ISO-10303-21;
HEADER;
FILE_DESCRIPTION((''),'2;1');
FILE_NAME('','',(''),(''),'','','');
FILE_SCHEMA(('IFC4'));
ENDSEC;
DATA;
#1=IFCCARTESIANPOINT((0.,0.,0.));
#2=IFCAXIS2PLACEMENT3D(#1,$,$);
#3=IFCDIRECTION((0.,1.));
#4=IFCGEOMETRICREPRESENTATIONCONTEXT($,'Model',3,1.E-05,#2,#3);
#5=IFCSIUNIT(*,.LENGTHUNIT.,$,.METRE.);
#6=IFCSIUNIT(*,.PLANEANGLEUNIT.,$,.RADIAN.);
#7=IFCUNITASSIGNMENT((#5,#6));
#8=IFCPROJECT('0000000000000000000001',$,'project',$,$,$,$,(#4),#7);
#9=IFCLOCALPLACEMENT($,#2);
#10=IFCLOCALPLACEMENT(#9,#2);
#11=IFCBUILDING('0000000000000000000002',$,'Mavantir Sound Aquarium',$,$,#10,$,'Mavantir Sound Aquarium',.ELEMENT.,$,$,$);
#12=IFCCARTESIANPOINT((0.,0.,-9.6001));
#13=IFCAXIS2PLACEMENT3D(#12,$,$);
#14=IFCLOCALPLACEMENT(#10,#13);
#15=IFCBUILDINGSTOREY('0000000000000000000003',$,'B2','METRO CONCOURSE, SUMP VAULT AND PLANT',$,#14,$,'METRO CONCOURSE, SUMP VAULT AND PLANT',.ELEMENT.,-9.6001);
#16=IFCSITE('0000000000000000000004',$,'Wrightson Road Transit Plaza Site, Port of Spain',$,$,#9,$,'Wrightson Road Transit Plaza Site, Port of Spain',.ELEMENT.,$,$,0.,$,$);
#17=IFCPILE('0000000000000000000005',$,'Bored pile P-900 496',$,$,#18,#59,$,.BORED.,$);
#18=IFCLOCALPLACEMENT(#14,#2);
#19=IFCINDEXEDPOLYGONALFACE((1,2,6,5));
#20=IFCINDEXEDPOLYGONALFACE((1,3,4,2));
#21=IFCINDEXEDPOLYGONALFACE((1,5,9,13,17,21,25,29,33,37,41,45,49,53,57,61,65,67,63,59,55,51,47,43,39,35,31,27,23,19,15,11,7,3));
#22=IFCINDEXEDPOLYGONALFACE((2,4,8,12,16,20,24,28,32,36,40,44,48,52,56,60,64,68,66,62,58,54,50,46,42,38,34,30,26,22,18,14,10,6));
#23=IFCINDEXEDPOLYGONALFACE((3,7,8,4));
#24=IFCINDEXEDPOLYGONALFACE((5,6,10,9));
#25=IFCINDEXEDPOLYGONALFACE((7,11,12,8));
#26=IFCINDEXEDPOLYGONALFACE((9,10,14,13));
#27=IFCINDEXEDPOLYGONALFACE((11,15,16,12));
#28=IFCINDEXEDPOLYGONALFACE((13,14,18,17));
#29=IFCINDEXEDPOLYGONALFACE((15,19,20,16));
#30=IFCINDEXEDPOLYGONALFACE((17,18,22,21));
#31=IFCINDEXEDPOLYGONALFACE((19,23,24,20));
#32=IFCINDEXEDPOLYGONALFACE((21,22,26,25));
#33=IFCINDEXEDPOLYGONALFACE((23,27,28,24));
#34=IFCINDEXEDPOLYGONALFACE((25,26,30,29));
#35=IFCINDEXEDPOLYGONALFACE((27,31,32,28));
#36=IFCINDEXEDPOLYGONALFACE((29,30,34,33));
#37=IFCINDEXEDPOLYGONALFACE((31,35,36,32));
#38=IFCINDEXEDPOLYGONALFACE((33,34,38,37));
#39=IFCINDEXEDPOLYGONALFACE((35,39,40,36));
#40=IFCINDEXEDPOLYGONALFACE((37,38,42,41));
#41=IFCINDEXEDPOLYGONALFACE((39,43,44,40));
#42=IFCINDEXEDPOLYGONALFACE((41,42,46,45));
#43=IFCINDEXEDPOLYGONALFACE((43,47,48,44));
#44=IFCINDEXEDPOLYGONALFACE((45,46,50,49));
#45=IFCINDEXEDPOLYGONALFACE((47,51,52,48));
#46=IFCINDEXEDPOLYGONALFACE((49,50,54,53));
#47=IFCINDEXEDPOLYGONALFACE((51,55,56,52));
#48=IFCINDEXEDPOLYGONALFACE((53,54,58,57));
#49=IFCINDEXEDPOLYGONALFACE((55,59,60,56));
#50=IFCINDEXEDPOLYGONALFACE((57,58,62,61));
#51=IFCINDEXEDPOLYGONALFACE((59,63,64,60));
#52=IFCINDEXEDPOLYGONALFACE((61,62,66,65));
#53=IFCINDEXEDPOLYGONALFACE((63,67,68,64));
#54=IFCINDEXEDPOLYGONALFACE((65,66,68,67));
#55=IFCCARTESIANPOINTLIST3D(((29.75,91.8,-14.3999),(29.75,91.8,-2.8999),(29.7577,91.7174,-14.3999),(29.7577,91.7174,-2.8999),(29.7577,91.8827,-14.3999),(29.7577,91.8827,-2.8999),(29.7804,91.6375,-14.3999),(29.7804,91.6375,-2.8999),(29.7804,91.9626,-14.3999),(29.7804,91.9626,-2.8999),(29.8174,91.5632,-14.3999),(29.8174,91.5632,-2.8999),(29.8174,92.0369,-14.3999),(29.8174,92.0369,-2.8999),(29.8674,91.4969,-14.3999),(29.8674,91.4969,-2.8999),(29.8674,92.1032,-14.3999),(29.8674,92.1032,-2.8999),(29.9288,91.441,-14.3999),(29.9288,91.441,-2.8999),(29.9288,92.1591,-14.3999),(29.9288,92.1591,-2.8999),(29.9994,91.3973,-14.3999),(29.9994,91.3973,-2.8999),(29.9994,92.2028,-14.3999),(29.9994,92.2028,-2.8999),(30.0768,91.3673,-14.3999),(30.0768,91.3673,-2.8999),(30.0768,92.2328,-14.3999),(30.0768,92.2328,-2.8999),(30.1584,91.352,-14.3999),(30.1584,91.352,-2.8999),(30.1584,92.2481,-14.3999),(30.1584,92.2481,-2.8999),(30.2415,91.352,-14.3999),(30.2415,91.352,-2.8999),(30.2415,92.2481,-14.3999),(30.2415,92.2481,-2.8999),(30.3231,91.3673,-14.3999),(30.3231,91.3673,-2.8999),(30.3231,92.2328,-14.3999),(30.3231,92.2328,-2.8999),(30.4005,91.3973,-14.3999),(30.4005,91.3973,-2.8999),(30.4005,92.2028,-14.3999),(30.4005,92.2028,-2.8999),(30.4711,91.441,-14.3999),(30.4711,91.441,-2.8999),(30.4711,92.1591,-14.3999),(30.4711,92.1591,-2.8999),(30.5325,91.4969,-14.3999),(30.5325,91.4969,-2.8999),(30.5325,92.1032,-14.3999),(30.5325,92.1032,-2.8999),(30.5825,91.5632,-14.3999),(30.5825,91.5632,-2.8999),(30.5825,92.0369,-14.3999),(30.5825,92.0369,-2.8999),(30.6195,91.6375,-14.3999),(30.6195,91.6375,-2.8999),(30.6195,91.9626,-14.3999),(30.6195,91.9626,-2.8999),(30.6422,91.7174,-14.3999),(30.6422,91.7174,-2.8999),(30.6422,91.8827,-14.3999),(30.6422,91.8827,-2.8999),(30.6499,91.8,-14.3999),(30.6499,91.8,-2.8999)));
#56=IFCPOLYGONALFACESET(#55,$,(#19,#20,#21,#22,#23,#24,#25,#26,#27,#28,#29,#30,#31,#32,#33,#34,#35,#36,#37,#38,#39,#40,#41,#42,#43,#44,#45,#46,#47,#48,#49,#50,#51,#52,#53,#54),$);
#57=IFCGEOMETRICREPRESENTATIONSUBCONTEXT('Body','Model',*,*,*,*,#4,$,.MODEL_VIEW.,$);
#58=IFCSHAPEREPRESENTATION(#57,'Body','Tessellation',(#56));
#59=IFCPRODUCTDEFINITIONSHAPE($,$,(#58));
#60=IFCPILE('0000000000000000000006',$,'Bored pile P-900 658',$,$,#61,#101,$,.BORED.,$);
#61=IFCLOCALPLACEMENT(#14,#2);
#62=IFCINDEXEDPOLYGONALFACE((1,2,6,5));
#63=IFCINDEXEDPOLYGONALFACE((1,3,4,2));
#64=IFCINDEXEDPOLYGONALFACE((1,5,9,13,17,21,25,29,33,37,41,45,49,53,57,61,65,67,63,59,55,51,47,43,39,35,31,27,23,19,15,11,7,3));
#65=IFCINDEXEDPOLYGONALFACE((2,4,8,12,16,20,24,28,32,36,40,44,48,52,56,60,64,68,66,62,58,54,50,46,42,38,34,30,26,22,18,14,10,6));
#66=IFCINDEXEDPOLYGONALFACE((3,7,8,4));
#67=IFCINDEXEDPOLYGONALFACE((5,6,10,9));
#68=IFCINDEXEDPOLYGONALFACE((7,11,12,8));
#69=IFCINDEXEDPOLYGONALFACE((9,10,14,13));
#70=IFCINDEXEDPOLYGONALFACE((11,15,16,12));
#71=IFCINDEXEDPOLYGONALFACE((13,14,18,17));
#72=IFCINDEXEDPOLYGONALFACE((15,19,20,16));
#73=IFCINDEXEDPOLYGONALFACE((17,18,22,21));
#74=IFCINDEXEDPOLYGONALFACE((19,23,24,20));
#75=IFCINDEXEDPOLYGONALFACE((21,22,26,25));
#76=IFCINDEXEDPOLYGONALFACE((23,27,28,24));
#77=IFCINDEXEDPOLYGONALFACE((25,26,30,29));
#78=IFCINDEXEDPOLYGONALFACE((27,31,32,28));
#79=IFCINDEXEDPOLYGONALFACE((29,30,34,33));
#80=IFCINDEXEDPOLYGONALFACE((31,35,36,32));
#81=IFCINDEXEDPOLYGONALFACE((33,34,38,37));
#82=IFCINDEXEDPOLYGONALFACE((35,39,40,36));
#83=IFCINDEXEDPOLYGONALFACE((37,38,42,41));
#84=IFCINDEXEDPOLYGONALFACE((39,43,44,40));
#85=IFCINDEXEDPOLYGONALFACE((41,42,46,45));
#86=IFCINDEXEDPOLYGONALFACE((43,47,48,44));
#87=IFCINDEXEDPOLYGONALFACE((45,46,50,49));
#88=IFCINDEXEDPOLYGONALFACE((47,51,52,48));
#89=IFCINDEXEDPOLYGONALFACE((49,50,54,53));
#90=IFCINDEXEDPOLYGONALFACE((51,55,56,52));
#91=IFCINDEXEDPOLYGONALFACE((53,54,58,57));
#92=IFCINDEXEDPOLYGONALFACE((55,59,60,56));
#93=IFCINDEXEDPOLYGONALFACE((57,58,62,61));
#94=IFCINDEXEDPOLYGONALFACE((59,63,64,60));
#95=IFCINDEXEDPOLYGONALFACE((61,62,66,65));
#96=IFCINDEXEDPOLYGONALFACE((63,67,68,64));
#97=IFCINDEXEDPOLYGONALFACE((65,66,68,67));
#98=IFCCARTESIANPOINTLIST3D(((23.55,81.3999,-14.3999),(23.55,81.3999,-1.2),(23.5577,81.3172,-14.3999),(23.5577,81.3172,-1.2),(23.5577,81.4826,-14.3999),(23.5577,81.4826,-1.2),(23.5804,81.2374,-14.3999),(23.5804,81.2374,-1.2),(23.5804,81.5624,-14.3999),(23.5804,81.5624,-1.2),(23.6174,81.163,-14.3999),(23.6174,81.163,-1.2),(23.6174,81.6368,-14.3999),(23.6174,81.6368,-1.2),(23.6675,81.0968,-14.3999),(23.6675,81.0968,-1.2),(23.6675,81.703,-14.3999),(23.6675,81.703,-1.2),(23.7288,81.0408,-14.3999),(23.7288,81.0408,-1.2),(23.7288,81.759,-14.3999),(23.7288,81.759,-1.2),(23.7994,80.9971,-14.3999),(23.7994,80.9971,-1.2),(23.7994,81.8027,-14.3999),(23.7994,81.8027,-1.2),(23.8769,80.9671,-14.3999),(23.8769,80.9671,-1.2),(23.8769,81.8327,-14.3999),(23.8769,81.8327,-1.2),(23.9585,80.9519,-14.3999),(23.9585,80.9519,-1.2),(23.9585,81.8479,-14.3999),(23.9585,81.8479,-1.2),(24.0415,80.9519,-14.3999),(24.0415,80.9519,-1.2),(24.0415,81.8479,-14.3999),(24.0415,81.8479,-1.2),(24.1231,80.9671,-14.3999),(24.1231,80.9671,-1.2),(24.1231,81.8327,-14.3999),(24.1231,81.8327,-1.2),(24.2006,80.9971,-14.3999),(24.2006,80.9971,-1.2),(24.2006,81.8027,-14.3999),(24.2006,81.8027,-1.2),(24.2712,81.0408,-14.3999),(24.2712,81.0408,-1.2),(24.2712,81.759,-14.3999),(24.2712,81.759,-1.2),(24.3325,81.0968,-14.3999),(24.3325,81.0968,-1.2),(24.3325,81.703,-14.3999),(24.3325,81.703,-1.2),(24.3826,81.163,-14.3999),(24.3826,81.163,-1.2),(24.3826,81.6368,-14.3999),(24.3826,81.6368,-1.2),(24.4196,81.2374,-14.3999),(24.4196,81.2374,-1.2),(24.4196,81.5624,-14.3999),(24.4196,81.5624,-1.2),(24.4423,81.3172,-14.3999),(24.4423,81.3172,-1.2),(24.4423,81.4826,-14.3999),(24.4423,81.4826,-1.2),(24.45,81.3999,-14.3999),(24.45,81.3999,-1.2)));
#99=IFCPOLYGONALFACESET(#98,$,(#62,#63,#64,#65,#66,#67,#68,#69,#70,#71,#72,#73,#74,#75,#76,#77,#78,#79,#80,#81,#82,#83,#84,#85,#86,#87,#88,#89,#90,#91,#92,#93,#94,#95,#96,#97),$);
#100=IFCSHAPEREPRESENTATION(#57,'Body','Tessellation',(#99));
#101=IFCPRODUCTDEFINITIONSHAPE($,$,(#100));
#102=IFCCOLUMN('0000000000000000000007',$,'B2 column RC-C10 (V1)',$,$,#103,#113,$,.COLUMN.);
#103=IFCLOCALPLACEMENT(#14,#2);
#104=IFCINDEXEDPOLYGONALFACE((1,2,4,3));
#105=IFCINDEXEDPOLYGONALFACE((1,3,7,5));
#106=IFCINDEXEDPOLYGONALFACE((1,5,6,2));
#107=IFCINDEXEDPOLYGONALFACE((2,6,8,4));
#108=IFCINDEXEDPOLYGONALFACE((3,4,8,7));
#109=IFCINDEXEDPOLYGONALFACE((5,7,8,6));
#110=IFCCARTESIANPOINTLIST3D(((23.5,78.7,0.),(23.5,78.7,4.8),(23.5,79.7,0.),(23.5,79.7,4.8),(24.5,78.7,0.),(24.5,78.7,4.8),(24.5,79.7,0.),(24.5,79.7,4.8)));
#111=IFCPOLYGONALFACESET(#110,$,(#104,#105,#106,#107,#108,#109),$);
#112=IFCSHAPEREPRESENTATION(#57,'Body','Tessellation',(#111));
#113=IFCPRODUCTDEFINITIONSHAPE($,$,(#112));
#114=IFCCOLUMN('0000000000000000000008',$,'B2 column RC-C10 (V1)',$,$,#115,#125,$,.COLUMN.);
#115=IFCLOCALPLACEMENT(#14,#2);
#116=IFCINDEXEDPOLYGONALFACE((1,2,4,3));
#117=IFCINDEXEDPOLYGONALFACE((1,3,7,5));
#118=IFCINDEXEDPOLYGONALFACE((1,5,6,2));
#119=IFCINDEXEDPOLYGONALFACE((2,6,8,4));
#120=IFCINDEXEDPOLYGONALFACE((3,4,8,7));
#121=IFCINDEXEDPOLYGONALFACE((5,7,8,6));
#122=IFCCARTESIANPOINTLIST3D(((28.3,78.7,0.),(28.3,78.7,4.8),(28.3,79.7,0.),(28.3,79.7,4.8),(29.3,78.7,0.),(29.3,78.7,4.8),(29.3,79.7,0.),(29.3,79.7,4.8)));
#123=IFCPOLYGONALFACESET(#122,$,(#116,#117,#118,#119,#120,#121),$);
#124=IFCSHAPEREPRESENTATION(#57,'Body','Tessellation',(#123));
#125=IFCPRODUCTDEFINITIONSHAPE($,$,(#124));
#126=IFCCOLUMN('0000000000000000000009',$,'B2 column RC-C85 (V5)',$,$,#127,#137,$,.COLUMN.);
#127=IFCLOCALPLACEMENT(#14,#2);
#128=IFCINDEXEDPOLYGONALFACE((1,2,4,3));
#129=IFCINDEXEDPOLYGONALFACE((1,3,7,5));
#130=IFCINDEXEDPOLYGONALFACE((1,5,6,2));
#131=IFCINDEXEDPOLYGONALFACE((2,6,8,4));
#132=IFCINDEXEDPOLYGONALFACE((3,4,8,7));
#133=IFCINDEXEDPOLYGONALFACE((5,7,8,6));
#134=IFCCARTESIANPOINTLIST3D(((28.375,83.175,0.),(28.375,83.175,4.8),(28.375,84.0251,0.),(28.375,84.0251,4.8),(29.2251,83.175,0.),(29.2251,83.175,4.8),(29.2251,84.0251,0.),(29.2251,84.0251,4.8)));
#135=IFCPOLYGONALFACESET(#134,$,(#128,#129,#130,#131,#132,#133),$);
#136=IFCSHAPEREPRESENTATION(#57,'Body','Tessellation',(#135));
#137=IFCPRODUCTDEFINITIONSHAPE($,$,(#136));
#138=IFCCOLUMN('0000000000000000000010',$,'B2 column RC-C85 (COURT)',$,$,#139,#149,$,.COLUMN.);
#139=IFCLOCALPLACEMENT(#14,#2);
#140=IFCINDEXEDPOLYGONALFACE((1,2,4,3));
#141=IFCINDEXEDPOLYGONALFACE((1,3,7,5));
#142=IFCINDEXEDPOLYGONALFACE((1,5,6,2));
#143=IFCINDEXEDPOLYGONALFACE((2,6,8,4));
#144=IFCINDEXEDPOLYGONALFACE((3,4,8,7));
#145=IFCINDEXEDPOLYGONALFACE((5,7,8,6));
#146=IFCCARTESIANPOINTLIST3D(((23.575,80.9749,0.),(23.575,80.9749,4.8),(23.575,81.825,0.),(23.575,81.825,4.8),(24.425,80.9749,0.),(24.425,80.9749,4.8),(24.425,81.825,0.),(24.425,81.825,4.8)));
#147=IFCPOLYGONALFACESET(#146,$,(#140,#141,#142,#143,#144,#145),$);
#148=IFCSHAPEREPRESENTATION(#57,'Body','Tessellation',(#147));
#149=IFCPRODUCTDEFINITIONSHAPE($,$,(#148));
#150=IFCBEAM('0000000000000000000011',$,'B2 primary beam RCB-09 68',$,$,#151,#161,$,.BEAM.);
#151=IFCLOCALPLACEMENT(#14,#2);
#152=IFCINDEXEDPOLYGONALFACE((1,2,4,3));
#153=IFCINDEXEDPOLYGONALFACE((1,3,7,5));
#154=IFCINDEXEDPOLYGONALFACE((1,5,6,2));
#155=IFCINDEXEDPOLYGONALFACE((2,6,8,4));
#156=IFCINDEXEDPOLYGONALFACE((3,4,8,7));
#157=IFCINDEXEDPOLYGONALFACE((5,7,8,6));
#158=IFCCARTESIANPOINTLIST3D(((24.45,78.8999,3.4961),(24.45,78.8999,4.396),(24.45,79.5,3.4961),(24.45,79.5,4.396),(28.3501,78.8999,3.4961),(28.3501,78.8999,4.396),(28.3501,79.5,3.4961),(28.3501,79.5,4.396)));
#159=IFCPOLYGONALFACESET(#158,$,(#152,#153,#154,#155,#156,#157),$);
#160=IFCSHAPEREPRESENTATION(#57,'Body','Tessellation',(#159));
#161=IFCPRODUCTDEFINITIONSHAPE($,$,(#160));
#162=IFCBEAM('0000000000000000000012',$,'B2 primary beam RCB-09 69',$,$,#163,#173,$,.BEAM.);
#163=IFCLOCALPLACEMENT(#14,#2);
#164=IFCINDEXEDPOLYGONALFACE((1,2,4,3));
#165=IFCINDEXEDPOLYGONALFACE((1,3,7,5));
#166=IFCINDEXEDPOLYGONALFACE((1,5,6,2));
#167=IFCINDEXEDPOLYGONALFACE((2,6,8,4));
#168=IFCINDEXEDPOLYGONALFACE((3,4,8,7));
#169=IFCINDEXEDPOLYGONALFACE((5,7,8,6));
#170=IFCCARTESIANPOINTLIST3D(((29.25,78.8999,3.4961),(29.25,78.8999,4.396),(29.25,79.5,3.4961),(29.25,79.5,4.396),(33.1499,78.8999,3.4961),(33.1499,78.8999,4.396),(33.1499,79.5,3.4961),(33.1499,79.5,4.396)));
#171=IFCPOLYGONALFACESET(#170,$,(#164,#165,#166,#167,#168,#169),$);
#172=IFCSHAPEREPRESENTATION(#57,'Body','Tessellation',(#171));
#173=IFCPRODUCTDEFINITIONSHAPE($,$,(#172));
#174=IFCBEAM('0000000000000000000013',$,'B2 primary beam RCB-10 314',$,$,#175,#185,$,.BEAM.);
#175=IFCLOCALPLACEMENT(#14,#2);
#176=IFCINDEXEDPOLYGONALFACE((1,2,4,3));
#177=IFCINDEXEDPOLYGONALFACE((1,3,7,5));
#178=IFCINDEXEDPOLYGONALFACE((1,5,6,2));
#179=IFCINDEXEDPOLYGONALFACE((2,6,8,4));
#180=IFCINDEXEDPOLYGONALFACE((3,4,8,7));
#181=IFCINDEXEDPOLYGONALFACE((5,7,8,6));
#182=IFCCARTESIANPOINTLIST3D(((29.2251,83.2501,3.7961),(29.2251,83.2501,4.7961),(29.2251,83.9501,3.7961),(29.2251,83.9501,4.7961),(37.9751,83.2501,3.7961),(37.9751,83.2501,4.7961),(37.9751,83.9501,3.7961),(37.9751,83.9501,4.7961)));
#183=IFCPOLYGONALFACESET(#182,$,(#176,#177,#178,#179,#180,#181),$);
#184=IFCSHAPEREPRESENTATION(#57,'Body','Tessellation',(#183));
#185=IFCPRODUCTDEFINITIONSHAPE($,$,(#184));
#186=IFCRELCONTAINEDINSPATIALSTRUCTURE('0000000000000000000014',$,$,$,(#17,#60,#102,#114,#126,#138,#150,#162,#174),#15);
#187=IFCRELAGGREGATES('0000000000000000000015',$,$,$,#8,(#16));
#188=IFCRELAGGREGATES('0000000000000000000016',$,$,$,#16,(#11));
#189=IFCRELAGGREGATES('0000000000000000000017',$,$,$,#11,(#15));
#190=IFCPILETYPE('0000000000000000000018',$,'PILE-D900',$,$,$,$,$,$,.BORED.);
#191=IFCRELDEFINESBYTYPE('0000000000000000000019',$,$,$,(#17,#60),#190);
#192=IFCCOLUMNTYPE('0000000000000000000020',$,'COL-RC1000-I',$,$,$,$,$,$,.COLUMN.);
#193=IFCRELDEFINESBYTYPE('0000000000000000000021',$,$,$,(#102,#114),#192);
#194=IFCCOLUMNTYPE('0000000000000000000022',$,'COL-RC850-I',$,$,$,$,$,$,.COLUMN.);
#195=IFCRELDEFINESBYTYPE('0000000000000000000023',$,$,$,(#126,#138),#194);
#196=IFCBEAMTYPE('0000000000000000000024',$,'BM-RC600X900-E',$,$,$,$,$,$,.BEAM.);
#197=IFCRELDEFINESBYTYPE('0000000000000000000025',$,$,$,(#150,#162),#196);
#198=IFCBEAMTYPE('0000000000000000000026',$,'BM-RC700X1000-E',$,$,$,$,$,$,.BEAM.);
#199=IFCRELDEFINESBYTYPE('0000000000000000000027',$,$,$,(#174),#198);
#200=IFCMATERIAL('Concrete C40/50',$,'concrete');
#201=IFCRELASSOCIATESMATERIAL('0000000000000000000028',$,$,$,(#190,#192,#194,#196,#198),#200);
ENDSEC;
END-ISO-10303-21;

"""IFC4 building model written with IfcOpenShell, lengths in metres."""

from ifc_helpers import new_model, si_unit, direction, frame, origin, origin_2d, place, context, subcontext, project, spatial, rectangle, circle, extrude, material, material_profile, profile_set, type_object, element, save


model = new_model("IFC4")

# Units and contexts
model_context = context("Model", 3, precision=1e-05, world=origin(), true_north=direction((0.0, 1.0)))
body_context = subcontext(model_context, "Body", "Model", "MODEL_VIEW")
ifc_project = project(units=[si_unit("LENGTHUNIT", "METRE"), si_unit("PLANEANGLEUNIT", "RADIAN")], contexts=[model_context])

# Site, building, storey
site_placement = place(None, origin())
site = spatial("IfcSite", under=ifc_project, at=site_placement, Name="Wrightson Road Transit Plaza Site, Port of Spain", LongName="Wrightson Road Transit Plaza Site, Port of Spain", CompositionType="ELEMENT", RefElevation=0.0)
building_placement = place(site_placement, origin())
building = spatial("IfcBuilding", under=site, at=building_placement, Name="Mavantir Sound Aquarium", LongName="Mavantir Sound Aquarium", CompositionType="ELEMENT")
storey_placement = place(building_placement, frame((0.0, 0.0, -9.6001)))
storey = spatial("IfcBuildingStorey", under=building, at=storey_placement, Name="B2", Description="METRO CONCOURSE, SUMP VAULT AND PLANT", LongName="METRO CONCOURSE, SUMP VAULT AND PLANT", CompositionType="ELEMENT", Elevation=-9.6001)

# Shared definitions
ifc_material_1 = material(Name="Concrete C40/50", Category="concrete")

# Piles
ifc_material_profile_1 = material_profile(ifc_material_1, circle(Radius=0.45, at=origin_2d()), Name="PILE D900")
ifc_profile_set_1 = profile_set([ifc_material_profile_1], Name="Concrete C40/50")
pile_type_1 = type_object("IfcPileType", Name="PILE-D900", PredefinedType="BORED", material=ifc_profile_set_1)
for number, where, z_axis, x_axis, name in (
    (1, (30.2, 91.8, -2.8999), (0.0, 0.0, -1.0), (1.0, 0.0, 0.0), "Bored pile P-900 496"),
):
    element("IfcPile", number, at=place(storey_placement, frame(where, z_axis=z_axis, x_axis=x_axis)), inside=storey, type_object=pile_type_1, Name=name, PredefinedType="BORED", context=body_context, shape_type="SweptSolid", body=[
        extrude(circle(Radius=0.45, at=origin_2d()), origin(), (0.0, 0.0, 1.0), 11.5),
    ])
pile_placement = place(storey_placement, frame((24.0, 81.3999, -1.2), z_axis=(0.0, 0.0, -1.0), x_axis=(1.0, 0.0, 0.0)))
element("IfcPile", 2, at=pile_placement, inside=storey, type_object=pile_type_1, Name="Bored pile P-900 658", PredefinedType="BORED", context=body_context, shape_type="SweptSolid", body=[
    extrude(circle(Radius=0.45, at=origin_2d()), origin(), (0.0, 0.0, 1.0), 13.2),
])

# Columns
ifc_material_profile_2 = material_profile(ifc_material_1, rectangle(XDim=1.0, YDim=1.0, at=origin_2d()), Name="RC 1000X1000")
ifc_profile_set_2 = profile_set([ifc_material_profile_2], Name="Concrete C40/50")
column_type_1 = type_object("IfcColumnType", Name="COL-RC1000-I", PredefinedType="COLUMN", material=ifc_profile_set_2)
for number, where, z_axis, x_axis, name in (
    (3, (24.0, 79.2, 0.0), (0.0, 0.0, 1.0), (1.0, 0.0, 0.0), "B2 column RC-C10 (V1)"),
    (4, (28.8, 79.2, 0.0), (0.0, 0.0, 1.0), (1.0, 0.0, 0.0), "B2 column RC-C10 (V1)"),
):
    element("IfcColumn", number, at=place(storey_placement, frame(where, z_axis=z_axis, x_axis=x_axis)), inside=storey, type_object=column_type_1, Name=name, PredefinedType="COLUMN", context=body_context, shape_type="SweptSolid", body=[
        extrude(rectangle(XDim=1.0, YDim=1.0, at=origin_2d()), origin(), (0.0, 0.0, 1.0), 4.8),
    ])
ifc_material_profile_3 = material_profile(ifc_material_1, rectangle(XDim=0.8501, YDim=0.8501, at=origin_2d()), Name="RC 850X850")
ifc_profile_set_3 = profile_set([ifc_material_profile_3], Name="Concrete C40/50")
column_type_2 = type_object("IfcColumnType", Name="COL-RC850-I", PredefinedType="COLUMN", material=ifc_profile_set_3)
for number, where, z_axis, x_axis, name in (
    (5, (28.8, 83.6001, 0.0), (0.0, 0.0, 1.0), (1.0, 0.0, 0.0), "B2 column RC-C85 (V5)"),
    (6, (24.0, 81.3999, 0.0), (0.0, 0.0, 1.0), (1.0, 0.0, 0.0), "B2 column RC-C85 (COURT)"),
):
    element("IfcColumn", number, at=place(storey_placement, frame(where, z_axis=z_axis, x_axis=x_axis)), inside=storey, type_object=column_type_2, Name=name, PredefinedType="COLUMN", context=body_context, shape_type="SweptSolid", body=[
        extrude(rectangle(XDim=0.8501, YDim=0.8501, at=origin_2d()), origin(), (0.0, 0.0, 1.0), 4.8),
    ])

# Beams
ifc_material_profile_4 = material_profile(ifc_material_1, rectangle(XDim=0.6001, YDim=0.8999, at=origin_2d()), Name="RC 600X900")
ifc_profile_set_4 = profile_set([ifc_material_profile_4], Name="Concrete C40/50")
beam_type_1 = type_object("IfcBeamType", Name="BM-RC600X900-E", PredefinedType="BEAM", material=ifc_profile_set_4)
beam_1_placement = place(storey_placement, frame((24.45, 79.2, 3.946), z_axis=(1.0, 0.0, 0.0), x_axis=(0.0, 1.0, 0.0)))
element("IfcBeam", 7, at=beam_1_placement, inside=storey, type_object=beam_type_1, Name="B2 primary beam RCB-09 68", PredefinedType="BEAM", context=body_context, shape_type="SweptSolid", body=[
    extrude(rectangle(XDim=0.6001, YDim=0.8999, at=origin_2d()), origin(), (0.0, 0.0, 1.0), 3.9001),
])
beam_2_placement = place(storey_placement, frame((29.25, 79.2, 3.946), z_axis=(1.0, 0.0, 0.0), x_axis=(0.0, 1.0, 0.0)))
element("IfcBeam", 8, at=beam_2_placement, inside=storey, type_object=beam_type_1, Name="B2 primary beam RCB-09 69", PredefinedType="BEAM", context=body_context, shape_type="SweptSolid", body=[
    extrude(rectangle(XDim=0.6001, YDim=0.8999, at=origin_2d()), origin(), (0.0, 0.0, 1.0), 3.8999),
])
ifc_material_profile_5 = material_profile(ifc_material_1, rectangle(XDim=0.7, YDim=1.0, at=origin_2d()), Name="RC 700X1000")
ifc_profile_set_5 = profile_set([ifc_material_profile_5], Name="Concrete C40/50")
beam_type_2 = type_object("IfcBeamType", Name="BM-RC700X1000-E", PredefinedType="BEAM", material=ifc_profile_set_5)
beam_3_placement = place(storey_placement, frame((29.2251, 83.6001, 4.2961), z_axis=(1.0, 0.0, 0.0), x_axis=(0.0, 1.0, 0.0)))
element("IfcBeam", 9, at=beam_3_placement, inside=storey, type_object=beam_type_2, Name="B2 primary beam RCB-10 314", PredefinedType="BEAM", context=body_context, shape_type="SweptSolid", body=[
    extrude(rectangle(XDim=0.7, YDim=1.0, at=origin_2d()), origin(), (0.0, 0.0, 1.0), 8.75),
])

save(model, "model.ifc")
